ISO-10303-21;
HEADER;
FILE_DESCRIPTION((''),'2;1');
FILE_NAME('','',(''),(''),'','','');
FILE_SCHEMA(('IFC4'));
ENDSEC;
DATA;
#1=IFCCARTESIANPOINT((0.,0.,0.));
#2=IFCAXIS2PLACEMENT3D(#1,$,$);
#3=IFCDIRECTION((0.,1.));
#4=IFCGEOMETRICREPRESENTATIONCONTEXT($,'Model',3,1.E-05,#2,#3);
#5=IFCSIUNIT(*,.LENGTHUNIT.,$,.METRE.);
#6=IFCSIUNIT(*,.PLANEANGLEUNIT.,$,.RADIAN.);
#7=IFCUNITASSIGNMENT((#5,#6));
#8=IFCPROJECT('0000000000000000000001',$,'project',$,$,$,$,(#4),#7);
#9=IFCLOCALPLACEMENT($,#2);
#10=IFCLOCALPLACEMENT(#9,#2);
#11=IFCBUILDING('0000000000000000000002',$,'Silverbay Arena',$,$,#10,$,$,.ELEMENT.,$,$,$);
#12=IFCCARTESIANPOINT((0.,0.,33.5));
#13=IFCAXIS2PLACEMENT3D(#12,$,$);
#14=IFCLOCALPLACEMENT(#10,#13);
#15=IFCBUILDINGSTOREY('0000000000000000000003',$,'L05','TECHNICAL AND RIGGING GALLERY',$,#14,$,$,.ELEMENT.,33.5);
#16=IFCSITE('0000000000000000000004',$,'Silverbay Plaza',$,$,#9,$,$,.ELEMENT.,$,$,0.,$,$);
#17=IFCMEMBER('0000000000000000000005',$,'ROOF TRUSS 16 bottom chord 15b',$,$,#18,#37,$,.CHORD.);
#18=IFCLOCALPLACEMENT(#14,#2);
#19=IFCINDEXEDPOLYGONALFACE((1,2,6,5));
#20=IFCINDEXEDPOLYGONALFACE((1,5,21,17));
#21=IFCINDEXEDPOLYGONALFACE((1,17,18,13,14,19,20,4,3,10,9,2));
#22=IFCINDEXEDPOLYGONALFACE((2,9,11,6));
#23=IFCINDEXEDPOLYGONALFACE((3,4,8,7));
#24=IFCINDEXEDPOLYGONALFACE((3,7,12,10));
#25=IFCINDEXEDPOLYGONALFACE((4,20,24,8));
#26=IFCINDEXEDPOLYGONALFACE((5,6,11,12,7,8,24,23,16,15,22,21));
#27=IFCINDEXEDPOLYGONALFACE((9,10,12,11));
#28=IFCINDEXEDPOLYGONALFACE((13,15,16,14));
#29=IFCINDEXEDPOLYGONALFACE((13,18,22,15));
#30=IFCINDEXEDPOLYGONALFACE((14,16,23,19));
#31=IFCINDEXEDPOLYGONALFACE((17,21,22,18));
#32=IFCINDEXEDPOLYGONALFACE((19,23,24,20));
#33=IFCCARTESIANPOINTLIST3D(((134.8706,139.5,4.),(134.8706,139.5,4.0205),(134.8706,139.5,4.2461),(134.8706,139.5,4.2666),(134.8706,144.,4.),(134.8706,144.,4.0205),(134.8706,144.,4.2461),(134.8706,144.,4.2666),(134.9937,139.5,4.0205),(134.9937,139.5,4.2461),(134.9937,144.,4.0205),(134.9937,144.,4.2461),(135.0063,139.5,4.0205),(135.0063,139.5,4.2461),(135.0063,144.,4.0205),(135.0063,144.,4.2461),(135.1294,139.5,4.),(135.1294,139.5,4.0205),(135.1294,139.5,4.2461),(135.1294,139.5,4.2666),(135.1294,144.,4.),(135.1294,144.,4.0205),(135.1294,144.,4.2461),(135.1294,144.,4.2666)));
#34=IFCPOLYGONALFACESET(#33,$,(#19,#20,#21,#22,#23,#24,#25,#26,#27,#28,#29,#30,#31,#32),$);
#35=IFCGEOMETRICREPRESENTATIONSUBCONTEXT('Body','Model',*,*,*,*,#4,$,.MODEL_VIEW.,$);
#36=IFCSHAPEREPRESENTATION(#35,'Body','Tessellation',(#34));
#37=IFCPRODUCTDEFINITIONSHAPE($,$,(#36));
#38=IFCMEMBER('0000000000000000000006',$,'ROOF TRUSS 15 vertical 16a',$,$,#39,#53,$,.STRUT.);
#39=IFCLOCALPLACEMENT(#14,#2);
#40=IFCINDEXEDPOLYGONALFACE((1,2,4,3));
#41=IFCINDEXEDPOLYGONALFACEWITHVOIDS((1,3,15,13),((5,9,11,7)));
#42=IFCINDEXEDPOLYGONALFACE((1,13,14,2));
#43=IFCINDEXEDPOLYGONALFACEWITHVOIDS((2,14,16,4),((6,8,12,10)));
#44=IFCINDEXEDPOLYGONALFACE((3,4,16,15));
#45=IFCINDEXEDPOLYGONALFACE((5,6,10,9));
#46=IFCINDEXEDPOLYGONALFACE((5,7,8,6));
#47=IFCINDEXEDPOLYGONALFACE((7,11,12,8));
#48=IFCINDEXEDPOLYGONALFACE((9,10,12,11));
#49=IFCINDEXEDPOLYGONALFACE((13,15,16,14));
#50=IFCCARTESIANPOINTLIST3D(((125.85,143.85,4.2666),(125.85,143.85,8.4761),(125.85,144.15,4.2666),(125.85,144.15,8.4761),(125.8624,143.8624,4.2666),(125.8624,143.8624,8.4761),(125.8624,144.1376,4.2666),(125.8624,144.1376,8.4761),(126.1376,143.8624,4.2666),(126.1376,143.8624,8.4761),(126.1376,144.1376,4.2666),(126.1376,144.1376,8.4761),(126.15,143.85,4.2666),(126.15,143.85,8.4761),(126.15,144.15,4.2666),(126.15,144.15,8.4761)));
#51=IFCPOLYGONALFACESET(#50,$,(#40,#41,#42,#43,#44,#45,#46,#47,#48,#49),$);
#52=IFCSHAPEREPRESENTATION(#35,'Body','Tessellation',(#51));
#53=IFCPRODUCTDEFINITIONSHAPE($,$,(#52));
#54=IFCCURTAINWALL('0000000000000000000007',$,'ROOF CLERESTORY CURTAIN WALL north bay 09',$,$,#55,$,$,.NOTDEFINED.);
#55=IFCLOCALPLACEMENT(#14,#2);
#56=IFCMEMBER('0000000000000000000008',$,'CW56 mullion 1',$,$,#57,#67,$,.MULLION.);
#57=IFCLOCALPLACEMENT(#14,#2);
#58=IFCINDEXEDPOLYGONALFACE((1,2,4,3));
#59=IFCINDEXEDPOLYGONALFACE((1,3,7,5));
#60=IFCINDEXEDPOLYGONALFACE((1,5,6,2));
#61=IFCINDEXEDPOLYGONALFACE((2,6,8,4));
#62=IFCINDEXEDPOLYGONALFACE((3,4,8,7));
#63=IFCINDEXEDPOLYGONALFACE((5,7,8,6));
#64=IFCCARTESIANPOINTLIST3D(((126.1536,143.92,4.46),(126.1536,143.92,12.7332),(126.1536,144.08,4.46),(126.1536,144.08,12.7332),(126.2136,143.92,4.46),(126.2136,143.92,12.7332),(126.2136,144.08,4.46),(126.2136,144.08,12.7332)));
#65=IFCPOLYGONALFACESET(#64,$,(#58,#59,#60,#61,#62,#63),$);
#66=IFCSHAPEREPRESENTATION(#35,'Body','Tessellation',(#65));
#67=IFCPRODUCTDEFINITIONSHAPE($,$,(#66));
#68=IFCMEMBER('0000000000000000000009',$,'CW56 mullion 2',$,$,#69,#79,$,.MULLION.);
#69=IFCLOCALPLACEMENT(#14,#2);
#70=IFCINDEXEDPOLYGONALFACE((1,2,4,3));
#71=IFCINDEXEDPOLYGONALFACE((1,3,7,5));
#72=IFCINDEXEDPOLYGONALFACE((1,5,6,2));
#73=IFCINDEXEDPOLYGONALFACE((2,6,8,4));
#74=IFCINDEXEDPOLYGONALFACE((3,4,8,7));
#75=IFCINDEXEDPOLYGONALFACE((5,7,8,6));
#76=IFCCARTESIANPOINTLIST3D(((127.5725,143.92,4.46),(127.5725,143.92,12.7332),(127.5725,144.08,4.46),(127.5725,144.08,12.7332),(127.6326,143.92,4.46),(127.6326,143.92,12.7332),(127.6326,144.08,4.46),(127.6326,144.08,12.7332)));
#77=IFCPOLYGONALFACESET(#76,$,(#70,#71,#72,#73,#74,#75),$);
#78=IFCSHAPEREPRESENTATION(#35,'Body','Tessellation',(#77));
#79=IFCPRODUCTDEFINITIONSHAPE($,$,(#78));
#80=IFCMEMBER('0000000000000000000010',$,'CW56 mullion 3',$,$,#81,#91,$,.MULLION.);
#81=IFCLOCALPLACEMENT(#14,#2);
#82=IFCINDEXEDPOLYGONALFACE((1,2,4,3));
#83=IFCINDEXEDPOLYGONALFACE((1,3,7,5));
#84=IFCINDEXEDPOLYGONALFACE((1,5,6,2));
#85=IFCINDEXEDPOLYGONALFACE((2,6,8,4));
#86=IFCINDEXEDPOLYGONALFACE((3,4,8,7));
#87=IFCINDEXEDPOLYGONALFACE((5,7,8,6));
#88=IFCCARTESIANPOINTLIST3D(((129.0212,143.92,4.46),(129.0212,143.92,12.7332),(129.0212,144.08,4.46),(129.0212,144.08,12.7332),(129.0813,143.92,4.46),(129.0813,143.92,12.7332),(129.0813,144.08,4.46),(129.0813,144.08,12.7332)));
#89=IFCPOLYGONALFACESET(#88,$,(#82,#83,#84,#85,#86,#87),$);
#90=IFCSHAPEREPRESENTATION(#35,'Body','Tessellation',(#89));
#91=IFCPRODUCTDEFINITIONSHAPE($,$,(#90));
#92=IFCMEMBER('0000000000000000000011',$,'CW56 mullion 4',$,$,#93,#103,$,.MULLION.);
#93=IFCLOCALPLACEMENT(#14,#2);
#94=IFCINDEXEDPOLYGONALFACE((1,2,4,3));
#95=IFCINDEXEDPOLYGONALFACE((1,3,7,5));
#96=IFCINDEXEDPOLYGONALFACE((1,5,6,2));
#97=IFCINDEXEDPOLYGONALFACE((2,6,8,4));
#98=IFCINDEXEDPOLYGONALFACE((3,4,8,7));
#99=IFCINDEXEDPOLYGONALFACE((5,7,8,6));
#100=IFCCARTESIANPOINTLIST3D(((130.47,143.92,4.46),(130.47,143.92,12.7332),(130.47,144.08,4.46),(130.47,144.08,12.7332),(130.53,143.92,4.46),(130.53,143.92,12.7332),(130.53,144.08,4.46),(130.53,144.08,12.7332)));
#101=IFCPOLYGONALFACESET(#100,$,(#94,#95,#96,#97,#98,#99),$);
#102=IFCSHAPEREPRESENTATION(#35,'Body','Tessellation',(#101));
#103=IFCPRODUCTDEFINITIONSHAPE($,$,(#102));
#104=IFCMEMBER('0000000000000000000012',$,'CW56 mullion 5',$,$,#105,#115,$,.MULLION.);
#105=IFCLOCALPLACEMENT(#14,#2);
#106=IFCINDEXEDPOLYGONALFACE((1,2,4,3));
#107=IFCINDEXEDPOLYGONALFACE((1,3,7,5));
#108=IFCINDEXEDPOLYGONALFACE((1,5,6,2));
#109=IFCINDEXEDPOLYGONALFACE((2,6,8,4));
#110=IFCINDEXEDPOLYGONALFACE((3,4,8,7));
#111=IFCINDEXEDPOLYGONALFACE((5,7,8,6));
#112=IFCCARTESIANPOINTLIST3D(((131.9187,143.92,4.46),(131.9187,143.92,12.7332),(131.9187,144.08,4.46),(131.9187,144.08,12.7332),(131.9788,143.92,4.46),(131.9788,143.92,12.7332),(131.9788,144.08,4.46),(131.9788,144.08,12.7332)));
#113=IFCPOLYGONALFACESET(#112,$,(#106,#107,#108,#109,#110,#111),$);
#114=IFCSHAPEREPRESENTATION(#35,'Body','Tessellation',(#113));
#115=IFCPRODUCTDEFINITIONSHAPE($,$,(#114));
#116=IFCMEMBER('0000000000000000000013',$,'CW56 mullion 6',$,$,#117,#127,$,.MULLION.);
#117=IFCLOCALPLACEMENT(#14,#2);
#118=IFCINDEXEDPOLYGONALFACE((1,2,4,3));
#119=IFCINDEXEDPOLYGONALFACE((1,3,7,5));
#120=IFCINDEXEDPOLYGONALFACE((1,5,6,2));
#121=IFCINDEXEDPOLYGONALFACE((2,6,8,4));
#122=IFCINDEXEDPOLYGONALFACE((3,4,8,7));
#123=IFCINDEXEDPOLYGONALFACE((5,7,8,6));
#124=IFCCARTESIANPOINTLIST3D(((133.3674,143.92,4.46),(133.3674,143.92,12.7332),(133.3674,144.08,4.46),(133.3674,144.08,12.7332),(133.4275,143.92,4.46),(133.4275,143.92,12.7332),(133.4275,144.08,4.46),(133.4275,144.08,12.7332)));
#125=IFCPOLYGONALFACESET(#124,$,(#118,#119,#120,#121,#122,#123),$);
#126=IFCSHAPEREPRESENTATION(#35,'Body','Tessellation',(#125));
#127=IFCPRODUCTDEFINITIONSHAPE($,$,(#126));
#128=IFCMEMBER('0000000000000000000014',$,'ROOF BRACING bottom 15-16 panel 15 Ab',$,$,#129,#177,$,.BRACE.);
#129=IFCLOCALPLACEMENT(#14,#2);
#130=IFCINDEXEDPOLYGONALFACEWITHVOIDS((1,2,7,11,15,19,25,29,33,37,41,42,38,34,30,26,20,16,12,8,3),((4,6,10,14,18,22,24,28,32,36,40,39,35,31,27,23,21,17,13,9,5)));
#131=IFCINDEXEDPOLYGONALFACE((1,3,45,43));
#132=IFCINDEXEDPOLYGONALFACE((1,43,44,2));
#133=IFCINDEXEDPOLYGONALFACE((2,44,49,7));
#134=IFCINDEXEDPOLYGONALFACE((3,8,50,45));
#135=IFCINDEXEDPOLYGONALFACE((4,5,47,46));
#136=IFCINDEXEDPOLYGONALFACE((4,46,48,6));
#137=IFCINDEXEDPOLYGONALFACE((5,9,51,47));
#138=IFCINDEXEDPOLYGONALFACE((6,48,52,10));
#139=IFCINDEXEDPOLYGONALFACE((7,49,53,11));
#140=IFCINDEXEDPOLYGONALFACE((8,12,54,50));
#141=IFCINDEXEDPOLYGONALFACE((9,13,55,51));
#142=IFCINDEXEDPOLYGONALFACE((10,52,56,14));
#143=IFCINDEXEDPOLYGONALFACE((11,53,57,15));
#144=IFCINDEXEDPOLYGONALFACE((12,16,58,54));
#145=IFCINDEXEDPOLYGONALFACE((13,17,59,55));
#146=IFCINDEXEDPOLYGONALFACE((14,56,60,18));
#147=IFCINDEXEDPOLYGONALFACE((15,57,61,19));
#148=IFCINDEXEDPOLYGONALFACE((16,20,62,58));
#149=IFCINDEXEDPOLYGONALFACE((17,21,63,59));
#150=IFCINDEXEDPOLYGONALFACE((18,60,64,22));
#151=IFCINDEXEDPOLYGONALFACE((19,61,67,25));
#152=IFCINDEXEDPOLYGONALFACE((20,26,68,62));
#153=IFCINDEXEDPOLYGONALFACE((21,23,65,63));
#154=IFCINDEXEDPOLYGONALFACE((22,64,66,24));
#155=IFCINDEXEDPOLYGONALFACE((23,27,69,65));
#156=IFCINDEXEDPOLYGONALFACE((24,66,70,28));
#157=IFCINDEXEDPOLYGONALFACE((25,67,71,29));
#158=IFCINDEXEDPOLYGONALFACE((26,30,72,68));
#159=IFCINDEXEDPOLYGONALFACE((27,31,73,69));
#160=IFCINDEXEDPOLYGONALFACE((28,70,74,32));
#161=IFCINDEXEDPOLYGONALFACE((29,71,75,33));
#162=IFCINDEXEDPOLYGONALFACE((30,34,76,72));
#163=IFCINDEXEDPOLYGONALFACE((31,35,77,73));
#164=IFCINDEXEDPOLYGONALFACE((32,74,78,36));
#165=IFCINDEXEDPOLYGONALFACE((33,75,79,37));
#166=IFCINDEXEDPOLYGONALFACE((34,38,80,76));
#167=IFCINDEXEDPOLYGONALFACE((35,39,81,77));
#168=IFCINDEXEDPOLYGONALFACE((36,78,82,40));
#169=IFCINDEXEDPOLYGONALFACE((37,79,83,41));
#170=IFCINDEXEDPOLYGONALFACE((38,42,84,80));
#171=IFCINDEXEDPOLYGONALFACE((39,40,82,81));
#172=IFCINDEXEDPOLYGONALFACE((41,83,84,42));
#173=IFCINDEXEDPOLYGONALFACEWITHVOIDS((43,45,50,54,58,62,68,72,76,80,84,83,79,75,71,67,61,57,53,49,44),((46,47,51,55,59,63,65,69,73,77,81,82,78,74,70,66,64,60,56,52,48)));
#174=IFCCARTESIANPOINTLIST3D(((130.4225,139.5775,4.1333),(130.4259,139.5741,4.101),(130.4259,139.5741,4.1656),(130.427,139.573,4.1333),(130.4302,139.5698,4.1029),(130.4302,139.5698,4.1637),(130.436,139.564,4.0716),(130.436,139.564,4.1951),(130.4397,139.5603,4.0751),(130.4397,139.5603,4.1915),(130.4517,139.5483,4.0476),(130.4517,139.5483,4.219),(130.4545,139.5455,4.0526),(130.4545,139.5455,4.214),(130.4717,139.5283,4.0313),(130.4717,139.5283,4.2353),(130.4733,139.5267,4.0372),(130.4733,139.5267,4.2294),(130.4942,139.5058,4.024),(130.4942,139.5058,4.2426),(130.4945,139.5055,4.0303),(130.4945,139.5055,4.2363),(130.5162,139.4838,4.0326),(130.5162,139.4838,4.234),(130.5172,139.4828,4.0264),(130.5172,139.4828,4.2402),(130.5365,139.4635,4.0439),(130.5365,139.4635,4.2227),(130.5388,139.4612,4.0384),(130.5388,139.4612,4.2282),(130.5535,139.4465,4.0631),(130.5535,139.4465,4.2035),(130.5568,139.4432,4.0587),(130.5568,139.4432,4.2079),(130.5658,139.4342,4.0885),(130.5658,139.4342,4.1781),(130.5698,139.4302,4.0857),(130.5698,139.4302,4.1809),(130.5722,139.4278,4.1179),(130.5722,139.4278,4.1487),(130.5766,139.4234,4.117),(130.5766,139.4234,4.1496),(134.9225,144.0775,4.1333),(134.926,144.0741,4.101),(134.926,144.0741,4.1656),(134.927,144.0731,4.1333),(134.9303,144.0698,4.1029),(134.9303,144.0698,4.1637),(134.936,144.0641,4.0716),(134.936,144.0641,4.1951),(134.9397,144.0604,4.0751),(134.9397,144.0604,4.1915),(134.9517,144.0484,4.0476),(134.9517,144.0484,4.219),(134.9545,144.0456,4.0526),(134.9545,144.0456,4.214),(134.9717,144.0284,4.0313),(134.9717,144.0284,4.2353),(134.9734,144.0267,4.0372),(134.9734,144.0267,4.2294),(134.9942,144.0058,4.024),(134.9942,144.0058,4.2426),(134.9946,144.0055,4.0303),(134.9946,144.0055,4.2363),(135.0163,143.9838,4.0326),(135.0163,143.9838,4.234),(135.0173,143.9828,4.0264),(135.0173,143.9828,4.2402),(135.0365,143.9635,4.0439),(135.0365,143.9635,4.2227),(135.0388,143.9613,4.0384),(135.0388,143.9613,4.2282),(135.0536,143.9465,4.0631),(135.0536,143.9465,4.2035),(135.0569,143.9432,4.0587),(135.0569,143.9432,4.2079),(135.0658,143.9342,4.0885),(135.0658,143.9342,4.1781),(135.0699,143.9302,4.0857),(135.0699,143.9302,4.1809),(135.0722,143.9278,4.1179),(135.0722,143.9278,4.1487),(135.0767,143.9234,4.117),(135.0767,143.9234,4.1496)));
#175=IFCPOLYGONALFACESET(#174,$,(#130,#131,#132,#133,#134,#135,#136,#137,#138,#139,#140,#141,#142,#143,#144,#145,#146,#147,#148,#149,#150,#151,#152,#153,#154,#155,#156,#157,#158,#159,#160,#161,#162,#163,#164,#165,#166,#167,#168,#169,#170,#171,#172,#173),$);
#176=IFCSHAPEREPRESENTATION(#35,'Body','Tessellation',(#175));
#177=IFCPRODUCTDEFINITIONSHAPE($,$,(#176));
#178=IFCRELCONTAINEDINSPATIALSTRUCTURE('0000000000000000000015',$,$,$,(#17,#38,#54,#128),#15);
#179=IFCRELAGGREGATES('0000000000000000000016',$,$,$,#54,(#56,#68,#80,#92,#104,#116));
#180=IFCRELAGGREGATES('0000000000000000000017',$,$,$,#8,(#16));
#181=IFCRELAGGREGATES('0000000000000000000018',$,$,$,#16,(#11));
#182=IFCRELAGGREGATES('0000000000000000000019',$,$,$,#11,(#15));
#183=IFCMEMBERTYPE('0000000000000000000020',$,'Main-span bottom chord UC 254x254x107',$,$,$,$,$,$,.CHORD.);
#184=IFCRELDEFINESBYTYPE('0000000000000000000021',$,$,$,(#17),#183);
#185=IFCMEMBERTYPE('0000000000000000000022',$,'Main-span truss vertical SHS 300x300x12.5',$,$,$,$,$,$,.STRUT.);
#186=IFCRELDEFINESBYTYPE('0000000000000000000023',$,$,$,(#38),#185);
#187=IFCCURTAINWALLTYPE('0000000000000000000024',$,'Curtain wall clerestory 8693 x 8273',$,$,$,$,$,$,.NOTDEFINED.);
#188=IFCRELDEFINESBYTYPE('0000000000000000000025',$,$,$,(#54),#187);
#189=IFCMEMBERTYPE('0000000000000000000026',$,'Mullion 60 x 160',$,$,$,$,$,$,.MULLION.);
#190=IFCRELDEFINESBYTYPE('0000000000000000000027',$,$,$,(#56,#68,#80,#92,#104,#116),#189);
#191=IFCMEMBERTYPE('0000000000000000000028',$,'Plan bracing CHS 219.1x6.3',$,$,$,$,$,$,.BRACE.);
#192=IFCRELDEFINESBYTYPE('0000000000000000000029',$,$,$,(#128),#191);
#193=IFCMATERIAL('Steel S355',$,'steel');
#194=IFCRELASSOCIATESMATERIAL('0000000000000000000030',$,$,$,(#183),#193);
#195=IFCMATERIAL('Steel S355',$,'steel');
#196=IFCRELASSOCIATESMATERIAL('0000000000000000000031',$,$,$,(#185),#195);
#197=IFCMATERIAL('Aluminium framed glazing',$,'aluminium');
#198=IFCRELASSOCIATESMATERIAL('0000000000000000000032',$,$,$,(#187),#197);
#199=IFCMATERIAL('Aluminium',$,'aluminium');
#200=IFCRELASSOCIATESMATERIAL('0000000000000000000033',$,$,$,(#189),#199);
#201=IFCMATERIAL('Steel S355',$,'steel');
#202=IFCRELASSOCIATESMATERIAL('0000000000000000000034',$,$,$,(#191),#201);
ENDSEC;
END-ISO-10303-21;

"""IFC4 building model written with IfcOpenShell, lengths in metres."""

from ifc_helpers import new_model, si_unit, direction, frame, origin, origin_2d, place, context, subcontext, project, spatial, rectangle, hollow_rectangle, hollow_circle, i_section, extrude, material, material_profile, profile_set, type_object, element, aggregate, save


model = new_model("IFC4")

# Units and contexts
model_context = context("Model", 3, precision=1e-05, world=origin(), true_north=direction((0.0, 1.0)))
body_context = subcontext(model_context, "Body", "Model", "MODEL_VIEW")
ifc_project = project(units=[si_unit("LENGTHUNIT", "METRE"), si_unit("PLANEANGLEUNIT", "RADIAN")], contexts=[model_context])

# Site, building, storey
site_placement = place(None, origin())
site = spatial("IfcSite", under=ifc_project, at=site_placement, Name="Silverbay Plaza", CompositionType="ELEMENT", RefElevation=0.0)
building_placement = place(site_placement, origin())
building = spatial("IfcBuilding", under=site, at=building_placement, Name="Silverbay Arena", CompositionType="ELEMENT")
storey_placement = place(building_placement, frame((0.0, 0.0, 33.5)))
storey = spatial("IfcBuildingStorey", under=building, at=storey_placement, Name="L05", Description="TECHNICAL AND RIGGING GALLERY", CompositionType="ELEMENT", Elevation=33.5)

# Members
ifc_material_1 = material(Name="Steel S355", Category="steel")
ifc_material_profile_1 = material_profile(ifc_material_1, i_section(OverallWidth=0.2588, OverallDepth=0.2666, WebThickness=0.0127, FlangeThickness=0.0205, at=origin_2d()), Name="UC 254x254x107")
ifc_profile_set_1 = profile_set([ifc_material_profile_1], Name="Steel S355")
member_type_1 = type_object("IfcMemberType", Name="Main-span bottom chord UC 254x254x107", PredefinedType="CHORD", material=ifc_profile_set_1)
member_1_placement = place(storey_placement, frame((135.0, 139.5, 4.1333), z_axis=(0.0, 1.0, 0.0), x_axis=(-1.0, 0.0, 0.0)))
element("IfcMember", 1, at=member_1_placement, inside=storey, type_object=member_type_1, Name="ROOF TRUSS 16 bottom chord 15b", PredefinedType="CHORD", context=body_context, shape_type="SweptSolid", body=[
    extrude(i_section(OverallWidth=0.2588, OverallDepth=0.2666, WebThickness=0.0127, FlangeThickness=0.0205, at=origin_2d()), origin(), (0.0, 0.0, 1.0), 4.5),
])
ifc_material_2 = material(Name="Steel S355", Category="steel")
ifc_material_profile_2 = material_profile(ifc_material_2, hollow_rectangle(XDim=0.3, YDim=0.3, WallThickness=0.0125, at=origin_2d()), Name="SHS 300x300x12.5")
ifc_profile_set_2 = profile_set([ifc_material_profile_2], Name="Steel S355")
member_type_2 = type_object("IfcMemberType", Name="Main-span truss vertical SHS 300x300x12.5", PredefinedType="STRUT", material=ifc_profile_set_2)
member_2_placement = place(storey_placement, frame((126.0, 144.0, 4.2666), z_axis=(0.0, 0.0, 1.0), x_axis=(1.0, 0.0, 0.0)))
element("IfcMember", 2, at=member_2_placement, inside=storey, type_object=member_type_2, Name="ROOF TRUSS 15 vertical 16a", PredefinedType="STRUT", context=body_context, shape_type="SweptSolid", body=[
    extrude(hollow_rectangle(XDim=0.3, YDim=0.3, WallThickness=0.0125, at=origin_2d()), origin(), (0.0, 0.0, 1.0), 4.2095),
])

# Curtain wall, members
ifc_material_3 = material(Name="Aluminium framed glazing", Category="aluminium")
curtain_wall_type = type_object("IfcCurtainWallType", Name="Curtain wall clerestory 8693 x 8273", PredefinedType="NOTDEFINED", material=ifc_material_3)
curtain_wall_placement = place(storey_placement, origin())
curtain_wall = element("IfcCurtainWall", 3, at=curtain_wall_placement, inside=storey, type_object=curtain_wall_type, Name="ROOF CLERESTORY CURTAIN WALL north bay 09", PredefinedType="NOTDEFINED")
ifc_material_4 = material(Name="Aluminium", Category="aluminium")
ifc_material_profile_3 = material_profile(ifc_material_4, rectangle(XDim=0.1599, YDim=0.0601, at=origin_2d()), Name="Mullion 60 x 160")
ifc_profile_set_3 = profile_set([ifc_material_profile_3], Name="Aluminium")
member_type_3 = type_object("IfcMemberType", Name="Mullion 60 x 160", PredefinedType="MULLION", material=ifc_profile_set_3)
member_3_placement = place(storey_placement, frame((126.1836, 144.0, 4.46), z_axis=(0.0, 0.0, 1.0), x_axis=(0.0, 1.0, 0.0)))
member_3 = element("IfcMember", 4, at=member_3_placement, type_object=member_type_3, Name="CW56 mullion 1", PredefinedType="MULLION", context=body_context, shape_type="SweptSolid", body=[
    extrude(rectangle(XDim=0.1599, YDim=0.0601, at=origin_2d()), origin(), (0.0, 0.0, 1.0), 8.2732),
])
member_4_placement = place(storey_placement, frame((127.6025, 144.0, 4.46), z_axis=(0.0, 0.0, 1.0), x_axis=(0.0, 1.0, 0.0)))
member_4 = element("IfcMember", 5, at=member_4_placement, type_object=member_type_3, Name="CW56 mullion 2", PredefinedType="MULLION", context=body_context, shape_type="SweptSolid", body=[
    extrude(rectangle(XDim=0.1599, YDim=0.0601, at=origin_2d()), origin(), (0.0, 0.0, 1.0), 8.2732),
])
member_5_placement = place(storey_placement, frame((129.0513, 144.0, 4.46), z_axis=(0.0, 0.0, 1.0), x_axis=(0.0, 1.0, 0.0)))
member_5 = element("IfcMember", 6, at=member_5_placement, type_object=member_type_3, Name="CW56 mullion 3", PredefinedType="MULLION", context=body_context, shape_type="SweptSolid", body=[
    extrude(rectangle(XDim=0.1599, YDim=0.0601, at=origin_2d()), origin(), (0.0, 0.0, 1.0), 8.2732),
])
member_6_placement = place(storey_placement, frame((130.5, 144.0, 4.46), z_axis=(0.0, 0.0, 1.0), x_axis=(0.0, 1.0, 0.0)))
member_6 = element("IfcMember", 7, at=member_6_placement, type_object=member_type_3, Name="CW56 mullion 4", PredefinedType="MULLION", context=body_context, shape_type="SweptSolid", body=[
    extrude(rectangle(XDim=0.1599, YDim=0.0601, at=origin_2d()), origin(), (0.0, 0.0, 1.0), 8.2732),
])
member_7_placement = place(storey_placement, frame((131.9487, 144.0, 4.46), z_axis=(0.0, 0.0, 1.0), x_axis=(0.0, 1.0, 0.0)))
member_7 = element("IfcMember", 8, at=member_7_placement, type_object=member_type_3, Name="CW56 mullion 5", PredefinedType="MULLION", context=body_context, shape_type="SweptSolid", body=[
    extrude(rectangle(XDim=0.1599, YDim=0.0601, at=origin_2d()), origin(), (0.0, 0.0, 1.0), 8.2732),
])
member_8_placement = place(storey_placement, frame((133.3975, 144.0, 4.46), z_axis=(0.0, 0.0, 1.0), x_axis=(0.0, 1.0, 0.0)))
member_8 = element("IfcMember", 9, at=member_8_placement, type_object=member_type_3, Name="CW56 mullion 6", PredefinedType="MULLION", context=body_context, shape_type="SweptSolid", body=[
    extrude(rectangle(XDim=0.1599, YDim=0.0601, at=origin_2d()), origin(), (0.0, 0.0, 1.0), 8.2732),
])

# Member
ifc_material_5 = material(Name="Steel S355", Category="steel")
ifc_material_profile_4 = material_profile(ifc_material_5, hollow_circle(Radius=0.1096, WallThickness=0.0063, at=origin_2d()), Name="CHS 219.1x6.3")
ifc_profile_set_4 = profile_set([ifc_material_profile_4], Name="Steel S355")
member_type_4 = type_object("IfcMemberType", Name="Plan bracing CHS 219.1x6.3", PredefinedType="BRACE", material=ifc_profile_set_4)
for number, where, z_axis, x_axis, name in (
    (10, (130.5, 139.5, 4.1333), (0.707107, 0.707107, 0.0), (-0.707107, 0.707107, 0.0), "ROOF BRACING bottom 15-16 panel 15 Ab"),
):
    element("IfcMember", number, at=place(storey_placement, frame(where, z_axis=z_axis, x_axis=x_axis)), inside=storey, type_object=member_type_4, Name=name, PredefinedType="BRACE", context=body_context, shape_type="SweptSolid", body=[
        extrude(hollow_circle(Radius=0.1096, WallThickness=0.0063, at=origin_2d()), origin(), (0.0, 0.0, 1.0), 6.364),
    ])

aggregate(curtain_wall, [member_3, member_4, member_5, member_6, member_7, member_8])

save(model, "model.ifc")
